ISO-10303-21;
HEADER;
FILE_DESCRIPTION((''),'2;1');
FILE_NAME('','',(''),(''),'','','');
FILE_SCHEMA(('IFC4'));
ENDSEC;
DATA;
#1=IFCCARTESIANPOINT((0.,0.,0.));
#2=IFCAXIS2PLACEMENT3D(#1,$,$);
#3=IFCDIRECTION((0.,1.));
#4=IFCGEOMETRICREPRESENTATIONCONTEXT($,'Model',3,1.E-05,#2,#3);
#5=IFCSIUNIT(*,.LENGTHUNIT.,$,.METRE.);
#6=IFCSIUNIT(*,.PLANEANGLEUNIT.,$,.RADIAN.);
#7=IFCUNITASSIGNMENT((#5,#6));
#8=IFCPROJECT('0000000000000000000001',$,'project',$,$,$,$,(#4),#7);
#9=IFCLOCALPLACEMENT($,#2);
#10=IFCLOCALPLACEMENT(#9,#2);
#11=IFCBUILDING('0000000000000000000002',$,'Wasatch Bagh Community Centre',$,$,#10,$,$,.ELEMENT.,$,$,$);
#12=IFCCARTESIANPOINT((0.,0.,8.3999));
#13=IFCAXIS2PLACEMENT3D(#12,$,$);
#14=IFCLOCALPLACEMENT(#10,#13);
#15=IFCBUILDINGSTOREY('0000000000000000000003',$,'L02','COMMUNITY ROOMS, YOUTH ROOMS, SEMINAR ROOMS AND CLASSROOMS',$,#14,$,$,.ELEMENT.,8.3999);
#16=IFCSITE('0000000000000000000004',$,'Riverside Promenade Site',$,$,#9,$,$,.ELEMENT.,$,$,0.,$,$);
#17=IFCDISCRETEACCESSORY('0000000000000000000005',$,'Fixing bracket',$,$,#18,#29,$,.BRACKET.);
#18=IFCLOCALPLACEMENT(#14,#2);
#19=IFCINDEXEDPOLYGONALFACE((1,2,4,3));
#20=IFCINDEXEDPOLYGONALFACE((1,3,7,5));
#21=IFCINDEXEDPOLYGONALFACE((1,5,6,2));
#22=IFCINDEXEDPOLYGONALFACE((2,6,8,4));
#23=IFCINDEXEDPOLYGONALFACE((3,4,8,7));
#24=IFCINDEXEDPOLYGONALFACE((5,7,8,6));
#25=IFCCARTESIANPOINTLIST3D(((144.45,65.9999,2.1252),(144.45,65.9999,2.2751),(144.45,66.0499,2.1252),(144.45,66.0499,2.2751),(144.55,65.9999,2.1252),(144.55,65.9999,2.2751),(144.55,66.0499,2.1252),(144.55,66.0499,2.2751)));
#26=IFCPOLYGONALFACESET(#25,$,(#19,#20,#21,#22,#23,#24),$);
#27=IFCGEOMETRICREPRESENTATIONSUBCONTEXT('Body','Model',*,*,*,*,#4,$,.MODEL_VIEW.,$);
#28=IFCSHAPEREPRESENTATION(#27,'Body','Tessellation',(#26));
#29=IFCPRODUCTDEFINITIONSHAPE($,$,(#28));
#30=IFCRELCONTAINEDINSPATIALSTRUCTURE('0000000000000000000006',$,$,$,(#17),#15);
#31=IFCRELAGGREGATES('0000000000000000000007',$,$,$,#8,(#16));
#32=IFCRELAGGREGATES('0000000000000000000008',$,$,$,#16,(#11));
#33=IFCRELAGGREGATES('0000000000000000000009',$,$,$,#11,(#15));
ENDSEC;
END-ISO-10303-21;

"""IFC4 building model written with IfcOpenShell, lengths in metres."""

from ifc_helpers import new_model, si_unit, direction, frame, origin, origin_2d, place, context, subcontext, project, spatial, rectangle, extrude, element, save


model = new_model("IFC4")

# Units and contexts
model_context = context("Model", 3, precision=1e-05, world=origin(), true_north=direction((0.0, 1.0)))
body_context = subcontext(model_context, "Body", "Model", "MODEL_VIEW")
ifc_project = project(units=[si_unit("LENGTHUNIT", "METRE"), si_unit("PLANEANGLEUNIT", "RADIAN")], contexts=[model_context])

# Site, building, storey
site_placement = place(None, origin())
site = spatial("IfcSite", under=ifc_project, at=site_placement, Name="Riverside Promenade Site", CompositionType="ELEMENT", RefElevation=0.0)
building_placement = place(site_placement, origin())
building = spatial("IfcBuilding", under=site, at=building_placement, Name="Wasatch Bagh Community Centre", CompositionType="ELEMENT")
storey_placement = place(building_placement, frame((0.0, 0.0, 8.3999)))
storey = spatial("IfcBuildingStorey", under=building, at=storey_placement, Name="L02", Description="COMMUNITY ROOMS, YOUTH ROOMS, SEMINAR ROOMS AND CLASSROOMS", CompositionType="ELEMENT", Elevation=8.3999)

# Discrete accessory
for number, where, z_axis, x_axis, name in (
    (1, (144.5, 66.0249, 2.1252), (0.0, 0.0, 1.0), (1.0, 0.0, 0.0), "Fixing bracket"),
):
    element("IfcDiscreteAccessory", number, at=place(storey_placement, frame(where, z_axis=z_axis, x_axis=x_axis)), inside=storey, Name=name, PredefinedType="BRACKET", context=body_context, shape_type="SweptSolid", body=[
        extrude(rectangle(XDim=0.1001, YDim=0.05, at=origin_2d()), origin(), (0.0, 0.0, 1.0), 0.1499),
    ])

save(model, "model.ifc")
